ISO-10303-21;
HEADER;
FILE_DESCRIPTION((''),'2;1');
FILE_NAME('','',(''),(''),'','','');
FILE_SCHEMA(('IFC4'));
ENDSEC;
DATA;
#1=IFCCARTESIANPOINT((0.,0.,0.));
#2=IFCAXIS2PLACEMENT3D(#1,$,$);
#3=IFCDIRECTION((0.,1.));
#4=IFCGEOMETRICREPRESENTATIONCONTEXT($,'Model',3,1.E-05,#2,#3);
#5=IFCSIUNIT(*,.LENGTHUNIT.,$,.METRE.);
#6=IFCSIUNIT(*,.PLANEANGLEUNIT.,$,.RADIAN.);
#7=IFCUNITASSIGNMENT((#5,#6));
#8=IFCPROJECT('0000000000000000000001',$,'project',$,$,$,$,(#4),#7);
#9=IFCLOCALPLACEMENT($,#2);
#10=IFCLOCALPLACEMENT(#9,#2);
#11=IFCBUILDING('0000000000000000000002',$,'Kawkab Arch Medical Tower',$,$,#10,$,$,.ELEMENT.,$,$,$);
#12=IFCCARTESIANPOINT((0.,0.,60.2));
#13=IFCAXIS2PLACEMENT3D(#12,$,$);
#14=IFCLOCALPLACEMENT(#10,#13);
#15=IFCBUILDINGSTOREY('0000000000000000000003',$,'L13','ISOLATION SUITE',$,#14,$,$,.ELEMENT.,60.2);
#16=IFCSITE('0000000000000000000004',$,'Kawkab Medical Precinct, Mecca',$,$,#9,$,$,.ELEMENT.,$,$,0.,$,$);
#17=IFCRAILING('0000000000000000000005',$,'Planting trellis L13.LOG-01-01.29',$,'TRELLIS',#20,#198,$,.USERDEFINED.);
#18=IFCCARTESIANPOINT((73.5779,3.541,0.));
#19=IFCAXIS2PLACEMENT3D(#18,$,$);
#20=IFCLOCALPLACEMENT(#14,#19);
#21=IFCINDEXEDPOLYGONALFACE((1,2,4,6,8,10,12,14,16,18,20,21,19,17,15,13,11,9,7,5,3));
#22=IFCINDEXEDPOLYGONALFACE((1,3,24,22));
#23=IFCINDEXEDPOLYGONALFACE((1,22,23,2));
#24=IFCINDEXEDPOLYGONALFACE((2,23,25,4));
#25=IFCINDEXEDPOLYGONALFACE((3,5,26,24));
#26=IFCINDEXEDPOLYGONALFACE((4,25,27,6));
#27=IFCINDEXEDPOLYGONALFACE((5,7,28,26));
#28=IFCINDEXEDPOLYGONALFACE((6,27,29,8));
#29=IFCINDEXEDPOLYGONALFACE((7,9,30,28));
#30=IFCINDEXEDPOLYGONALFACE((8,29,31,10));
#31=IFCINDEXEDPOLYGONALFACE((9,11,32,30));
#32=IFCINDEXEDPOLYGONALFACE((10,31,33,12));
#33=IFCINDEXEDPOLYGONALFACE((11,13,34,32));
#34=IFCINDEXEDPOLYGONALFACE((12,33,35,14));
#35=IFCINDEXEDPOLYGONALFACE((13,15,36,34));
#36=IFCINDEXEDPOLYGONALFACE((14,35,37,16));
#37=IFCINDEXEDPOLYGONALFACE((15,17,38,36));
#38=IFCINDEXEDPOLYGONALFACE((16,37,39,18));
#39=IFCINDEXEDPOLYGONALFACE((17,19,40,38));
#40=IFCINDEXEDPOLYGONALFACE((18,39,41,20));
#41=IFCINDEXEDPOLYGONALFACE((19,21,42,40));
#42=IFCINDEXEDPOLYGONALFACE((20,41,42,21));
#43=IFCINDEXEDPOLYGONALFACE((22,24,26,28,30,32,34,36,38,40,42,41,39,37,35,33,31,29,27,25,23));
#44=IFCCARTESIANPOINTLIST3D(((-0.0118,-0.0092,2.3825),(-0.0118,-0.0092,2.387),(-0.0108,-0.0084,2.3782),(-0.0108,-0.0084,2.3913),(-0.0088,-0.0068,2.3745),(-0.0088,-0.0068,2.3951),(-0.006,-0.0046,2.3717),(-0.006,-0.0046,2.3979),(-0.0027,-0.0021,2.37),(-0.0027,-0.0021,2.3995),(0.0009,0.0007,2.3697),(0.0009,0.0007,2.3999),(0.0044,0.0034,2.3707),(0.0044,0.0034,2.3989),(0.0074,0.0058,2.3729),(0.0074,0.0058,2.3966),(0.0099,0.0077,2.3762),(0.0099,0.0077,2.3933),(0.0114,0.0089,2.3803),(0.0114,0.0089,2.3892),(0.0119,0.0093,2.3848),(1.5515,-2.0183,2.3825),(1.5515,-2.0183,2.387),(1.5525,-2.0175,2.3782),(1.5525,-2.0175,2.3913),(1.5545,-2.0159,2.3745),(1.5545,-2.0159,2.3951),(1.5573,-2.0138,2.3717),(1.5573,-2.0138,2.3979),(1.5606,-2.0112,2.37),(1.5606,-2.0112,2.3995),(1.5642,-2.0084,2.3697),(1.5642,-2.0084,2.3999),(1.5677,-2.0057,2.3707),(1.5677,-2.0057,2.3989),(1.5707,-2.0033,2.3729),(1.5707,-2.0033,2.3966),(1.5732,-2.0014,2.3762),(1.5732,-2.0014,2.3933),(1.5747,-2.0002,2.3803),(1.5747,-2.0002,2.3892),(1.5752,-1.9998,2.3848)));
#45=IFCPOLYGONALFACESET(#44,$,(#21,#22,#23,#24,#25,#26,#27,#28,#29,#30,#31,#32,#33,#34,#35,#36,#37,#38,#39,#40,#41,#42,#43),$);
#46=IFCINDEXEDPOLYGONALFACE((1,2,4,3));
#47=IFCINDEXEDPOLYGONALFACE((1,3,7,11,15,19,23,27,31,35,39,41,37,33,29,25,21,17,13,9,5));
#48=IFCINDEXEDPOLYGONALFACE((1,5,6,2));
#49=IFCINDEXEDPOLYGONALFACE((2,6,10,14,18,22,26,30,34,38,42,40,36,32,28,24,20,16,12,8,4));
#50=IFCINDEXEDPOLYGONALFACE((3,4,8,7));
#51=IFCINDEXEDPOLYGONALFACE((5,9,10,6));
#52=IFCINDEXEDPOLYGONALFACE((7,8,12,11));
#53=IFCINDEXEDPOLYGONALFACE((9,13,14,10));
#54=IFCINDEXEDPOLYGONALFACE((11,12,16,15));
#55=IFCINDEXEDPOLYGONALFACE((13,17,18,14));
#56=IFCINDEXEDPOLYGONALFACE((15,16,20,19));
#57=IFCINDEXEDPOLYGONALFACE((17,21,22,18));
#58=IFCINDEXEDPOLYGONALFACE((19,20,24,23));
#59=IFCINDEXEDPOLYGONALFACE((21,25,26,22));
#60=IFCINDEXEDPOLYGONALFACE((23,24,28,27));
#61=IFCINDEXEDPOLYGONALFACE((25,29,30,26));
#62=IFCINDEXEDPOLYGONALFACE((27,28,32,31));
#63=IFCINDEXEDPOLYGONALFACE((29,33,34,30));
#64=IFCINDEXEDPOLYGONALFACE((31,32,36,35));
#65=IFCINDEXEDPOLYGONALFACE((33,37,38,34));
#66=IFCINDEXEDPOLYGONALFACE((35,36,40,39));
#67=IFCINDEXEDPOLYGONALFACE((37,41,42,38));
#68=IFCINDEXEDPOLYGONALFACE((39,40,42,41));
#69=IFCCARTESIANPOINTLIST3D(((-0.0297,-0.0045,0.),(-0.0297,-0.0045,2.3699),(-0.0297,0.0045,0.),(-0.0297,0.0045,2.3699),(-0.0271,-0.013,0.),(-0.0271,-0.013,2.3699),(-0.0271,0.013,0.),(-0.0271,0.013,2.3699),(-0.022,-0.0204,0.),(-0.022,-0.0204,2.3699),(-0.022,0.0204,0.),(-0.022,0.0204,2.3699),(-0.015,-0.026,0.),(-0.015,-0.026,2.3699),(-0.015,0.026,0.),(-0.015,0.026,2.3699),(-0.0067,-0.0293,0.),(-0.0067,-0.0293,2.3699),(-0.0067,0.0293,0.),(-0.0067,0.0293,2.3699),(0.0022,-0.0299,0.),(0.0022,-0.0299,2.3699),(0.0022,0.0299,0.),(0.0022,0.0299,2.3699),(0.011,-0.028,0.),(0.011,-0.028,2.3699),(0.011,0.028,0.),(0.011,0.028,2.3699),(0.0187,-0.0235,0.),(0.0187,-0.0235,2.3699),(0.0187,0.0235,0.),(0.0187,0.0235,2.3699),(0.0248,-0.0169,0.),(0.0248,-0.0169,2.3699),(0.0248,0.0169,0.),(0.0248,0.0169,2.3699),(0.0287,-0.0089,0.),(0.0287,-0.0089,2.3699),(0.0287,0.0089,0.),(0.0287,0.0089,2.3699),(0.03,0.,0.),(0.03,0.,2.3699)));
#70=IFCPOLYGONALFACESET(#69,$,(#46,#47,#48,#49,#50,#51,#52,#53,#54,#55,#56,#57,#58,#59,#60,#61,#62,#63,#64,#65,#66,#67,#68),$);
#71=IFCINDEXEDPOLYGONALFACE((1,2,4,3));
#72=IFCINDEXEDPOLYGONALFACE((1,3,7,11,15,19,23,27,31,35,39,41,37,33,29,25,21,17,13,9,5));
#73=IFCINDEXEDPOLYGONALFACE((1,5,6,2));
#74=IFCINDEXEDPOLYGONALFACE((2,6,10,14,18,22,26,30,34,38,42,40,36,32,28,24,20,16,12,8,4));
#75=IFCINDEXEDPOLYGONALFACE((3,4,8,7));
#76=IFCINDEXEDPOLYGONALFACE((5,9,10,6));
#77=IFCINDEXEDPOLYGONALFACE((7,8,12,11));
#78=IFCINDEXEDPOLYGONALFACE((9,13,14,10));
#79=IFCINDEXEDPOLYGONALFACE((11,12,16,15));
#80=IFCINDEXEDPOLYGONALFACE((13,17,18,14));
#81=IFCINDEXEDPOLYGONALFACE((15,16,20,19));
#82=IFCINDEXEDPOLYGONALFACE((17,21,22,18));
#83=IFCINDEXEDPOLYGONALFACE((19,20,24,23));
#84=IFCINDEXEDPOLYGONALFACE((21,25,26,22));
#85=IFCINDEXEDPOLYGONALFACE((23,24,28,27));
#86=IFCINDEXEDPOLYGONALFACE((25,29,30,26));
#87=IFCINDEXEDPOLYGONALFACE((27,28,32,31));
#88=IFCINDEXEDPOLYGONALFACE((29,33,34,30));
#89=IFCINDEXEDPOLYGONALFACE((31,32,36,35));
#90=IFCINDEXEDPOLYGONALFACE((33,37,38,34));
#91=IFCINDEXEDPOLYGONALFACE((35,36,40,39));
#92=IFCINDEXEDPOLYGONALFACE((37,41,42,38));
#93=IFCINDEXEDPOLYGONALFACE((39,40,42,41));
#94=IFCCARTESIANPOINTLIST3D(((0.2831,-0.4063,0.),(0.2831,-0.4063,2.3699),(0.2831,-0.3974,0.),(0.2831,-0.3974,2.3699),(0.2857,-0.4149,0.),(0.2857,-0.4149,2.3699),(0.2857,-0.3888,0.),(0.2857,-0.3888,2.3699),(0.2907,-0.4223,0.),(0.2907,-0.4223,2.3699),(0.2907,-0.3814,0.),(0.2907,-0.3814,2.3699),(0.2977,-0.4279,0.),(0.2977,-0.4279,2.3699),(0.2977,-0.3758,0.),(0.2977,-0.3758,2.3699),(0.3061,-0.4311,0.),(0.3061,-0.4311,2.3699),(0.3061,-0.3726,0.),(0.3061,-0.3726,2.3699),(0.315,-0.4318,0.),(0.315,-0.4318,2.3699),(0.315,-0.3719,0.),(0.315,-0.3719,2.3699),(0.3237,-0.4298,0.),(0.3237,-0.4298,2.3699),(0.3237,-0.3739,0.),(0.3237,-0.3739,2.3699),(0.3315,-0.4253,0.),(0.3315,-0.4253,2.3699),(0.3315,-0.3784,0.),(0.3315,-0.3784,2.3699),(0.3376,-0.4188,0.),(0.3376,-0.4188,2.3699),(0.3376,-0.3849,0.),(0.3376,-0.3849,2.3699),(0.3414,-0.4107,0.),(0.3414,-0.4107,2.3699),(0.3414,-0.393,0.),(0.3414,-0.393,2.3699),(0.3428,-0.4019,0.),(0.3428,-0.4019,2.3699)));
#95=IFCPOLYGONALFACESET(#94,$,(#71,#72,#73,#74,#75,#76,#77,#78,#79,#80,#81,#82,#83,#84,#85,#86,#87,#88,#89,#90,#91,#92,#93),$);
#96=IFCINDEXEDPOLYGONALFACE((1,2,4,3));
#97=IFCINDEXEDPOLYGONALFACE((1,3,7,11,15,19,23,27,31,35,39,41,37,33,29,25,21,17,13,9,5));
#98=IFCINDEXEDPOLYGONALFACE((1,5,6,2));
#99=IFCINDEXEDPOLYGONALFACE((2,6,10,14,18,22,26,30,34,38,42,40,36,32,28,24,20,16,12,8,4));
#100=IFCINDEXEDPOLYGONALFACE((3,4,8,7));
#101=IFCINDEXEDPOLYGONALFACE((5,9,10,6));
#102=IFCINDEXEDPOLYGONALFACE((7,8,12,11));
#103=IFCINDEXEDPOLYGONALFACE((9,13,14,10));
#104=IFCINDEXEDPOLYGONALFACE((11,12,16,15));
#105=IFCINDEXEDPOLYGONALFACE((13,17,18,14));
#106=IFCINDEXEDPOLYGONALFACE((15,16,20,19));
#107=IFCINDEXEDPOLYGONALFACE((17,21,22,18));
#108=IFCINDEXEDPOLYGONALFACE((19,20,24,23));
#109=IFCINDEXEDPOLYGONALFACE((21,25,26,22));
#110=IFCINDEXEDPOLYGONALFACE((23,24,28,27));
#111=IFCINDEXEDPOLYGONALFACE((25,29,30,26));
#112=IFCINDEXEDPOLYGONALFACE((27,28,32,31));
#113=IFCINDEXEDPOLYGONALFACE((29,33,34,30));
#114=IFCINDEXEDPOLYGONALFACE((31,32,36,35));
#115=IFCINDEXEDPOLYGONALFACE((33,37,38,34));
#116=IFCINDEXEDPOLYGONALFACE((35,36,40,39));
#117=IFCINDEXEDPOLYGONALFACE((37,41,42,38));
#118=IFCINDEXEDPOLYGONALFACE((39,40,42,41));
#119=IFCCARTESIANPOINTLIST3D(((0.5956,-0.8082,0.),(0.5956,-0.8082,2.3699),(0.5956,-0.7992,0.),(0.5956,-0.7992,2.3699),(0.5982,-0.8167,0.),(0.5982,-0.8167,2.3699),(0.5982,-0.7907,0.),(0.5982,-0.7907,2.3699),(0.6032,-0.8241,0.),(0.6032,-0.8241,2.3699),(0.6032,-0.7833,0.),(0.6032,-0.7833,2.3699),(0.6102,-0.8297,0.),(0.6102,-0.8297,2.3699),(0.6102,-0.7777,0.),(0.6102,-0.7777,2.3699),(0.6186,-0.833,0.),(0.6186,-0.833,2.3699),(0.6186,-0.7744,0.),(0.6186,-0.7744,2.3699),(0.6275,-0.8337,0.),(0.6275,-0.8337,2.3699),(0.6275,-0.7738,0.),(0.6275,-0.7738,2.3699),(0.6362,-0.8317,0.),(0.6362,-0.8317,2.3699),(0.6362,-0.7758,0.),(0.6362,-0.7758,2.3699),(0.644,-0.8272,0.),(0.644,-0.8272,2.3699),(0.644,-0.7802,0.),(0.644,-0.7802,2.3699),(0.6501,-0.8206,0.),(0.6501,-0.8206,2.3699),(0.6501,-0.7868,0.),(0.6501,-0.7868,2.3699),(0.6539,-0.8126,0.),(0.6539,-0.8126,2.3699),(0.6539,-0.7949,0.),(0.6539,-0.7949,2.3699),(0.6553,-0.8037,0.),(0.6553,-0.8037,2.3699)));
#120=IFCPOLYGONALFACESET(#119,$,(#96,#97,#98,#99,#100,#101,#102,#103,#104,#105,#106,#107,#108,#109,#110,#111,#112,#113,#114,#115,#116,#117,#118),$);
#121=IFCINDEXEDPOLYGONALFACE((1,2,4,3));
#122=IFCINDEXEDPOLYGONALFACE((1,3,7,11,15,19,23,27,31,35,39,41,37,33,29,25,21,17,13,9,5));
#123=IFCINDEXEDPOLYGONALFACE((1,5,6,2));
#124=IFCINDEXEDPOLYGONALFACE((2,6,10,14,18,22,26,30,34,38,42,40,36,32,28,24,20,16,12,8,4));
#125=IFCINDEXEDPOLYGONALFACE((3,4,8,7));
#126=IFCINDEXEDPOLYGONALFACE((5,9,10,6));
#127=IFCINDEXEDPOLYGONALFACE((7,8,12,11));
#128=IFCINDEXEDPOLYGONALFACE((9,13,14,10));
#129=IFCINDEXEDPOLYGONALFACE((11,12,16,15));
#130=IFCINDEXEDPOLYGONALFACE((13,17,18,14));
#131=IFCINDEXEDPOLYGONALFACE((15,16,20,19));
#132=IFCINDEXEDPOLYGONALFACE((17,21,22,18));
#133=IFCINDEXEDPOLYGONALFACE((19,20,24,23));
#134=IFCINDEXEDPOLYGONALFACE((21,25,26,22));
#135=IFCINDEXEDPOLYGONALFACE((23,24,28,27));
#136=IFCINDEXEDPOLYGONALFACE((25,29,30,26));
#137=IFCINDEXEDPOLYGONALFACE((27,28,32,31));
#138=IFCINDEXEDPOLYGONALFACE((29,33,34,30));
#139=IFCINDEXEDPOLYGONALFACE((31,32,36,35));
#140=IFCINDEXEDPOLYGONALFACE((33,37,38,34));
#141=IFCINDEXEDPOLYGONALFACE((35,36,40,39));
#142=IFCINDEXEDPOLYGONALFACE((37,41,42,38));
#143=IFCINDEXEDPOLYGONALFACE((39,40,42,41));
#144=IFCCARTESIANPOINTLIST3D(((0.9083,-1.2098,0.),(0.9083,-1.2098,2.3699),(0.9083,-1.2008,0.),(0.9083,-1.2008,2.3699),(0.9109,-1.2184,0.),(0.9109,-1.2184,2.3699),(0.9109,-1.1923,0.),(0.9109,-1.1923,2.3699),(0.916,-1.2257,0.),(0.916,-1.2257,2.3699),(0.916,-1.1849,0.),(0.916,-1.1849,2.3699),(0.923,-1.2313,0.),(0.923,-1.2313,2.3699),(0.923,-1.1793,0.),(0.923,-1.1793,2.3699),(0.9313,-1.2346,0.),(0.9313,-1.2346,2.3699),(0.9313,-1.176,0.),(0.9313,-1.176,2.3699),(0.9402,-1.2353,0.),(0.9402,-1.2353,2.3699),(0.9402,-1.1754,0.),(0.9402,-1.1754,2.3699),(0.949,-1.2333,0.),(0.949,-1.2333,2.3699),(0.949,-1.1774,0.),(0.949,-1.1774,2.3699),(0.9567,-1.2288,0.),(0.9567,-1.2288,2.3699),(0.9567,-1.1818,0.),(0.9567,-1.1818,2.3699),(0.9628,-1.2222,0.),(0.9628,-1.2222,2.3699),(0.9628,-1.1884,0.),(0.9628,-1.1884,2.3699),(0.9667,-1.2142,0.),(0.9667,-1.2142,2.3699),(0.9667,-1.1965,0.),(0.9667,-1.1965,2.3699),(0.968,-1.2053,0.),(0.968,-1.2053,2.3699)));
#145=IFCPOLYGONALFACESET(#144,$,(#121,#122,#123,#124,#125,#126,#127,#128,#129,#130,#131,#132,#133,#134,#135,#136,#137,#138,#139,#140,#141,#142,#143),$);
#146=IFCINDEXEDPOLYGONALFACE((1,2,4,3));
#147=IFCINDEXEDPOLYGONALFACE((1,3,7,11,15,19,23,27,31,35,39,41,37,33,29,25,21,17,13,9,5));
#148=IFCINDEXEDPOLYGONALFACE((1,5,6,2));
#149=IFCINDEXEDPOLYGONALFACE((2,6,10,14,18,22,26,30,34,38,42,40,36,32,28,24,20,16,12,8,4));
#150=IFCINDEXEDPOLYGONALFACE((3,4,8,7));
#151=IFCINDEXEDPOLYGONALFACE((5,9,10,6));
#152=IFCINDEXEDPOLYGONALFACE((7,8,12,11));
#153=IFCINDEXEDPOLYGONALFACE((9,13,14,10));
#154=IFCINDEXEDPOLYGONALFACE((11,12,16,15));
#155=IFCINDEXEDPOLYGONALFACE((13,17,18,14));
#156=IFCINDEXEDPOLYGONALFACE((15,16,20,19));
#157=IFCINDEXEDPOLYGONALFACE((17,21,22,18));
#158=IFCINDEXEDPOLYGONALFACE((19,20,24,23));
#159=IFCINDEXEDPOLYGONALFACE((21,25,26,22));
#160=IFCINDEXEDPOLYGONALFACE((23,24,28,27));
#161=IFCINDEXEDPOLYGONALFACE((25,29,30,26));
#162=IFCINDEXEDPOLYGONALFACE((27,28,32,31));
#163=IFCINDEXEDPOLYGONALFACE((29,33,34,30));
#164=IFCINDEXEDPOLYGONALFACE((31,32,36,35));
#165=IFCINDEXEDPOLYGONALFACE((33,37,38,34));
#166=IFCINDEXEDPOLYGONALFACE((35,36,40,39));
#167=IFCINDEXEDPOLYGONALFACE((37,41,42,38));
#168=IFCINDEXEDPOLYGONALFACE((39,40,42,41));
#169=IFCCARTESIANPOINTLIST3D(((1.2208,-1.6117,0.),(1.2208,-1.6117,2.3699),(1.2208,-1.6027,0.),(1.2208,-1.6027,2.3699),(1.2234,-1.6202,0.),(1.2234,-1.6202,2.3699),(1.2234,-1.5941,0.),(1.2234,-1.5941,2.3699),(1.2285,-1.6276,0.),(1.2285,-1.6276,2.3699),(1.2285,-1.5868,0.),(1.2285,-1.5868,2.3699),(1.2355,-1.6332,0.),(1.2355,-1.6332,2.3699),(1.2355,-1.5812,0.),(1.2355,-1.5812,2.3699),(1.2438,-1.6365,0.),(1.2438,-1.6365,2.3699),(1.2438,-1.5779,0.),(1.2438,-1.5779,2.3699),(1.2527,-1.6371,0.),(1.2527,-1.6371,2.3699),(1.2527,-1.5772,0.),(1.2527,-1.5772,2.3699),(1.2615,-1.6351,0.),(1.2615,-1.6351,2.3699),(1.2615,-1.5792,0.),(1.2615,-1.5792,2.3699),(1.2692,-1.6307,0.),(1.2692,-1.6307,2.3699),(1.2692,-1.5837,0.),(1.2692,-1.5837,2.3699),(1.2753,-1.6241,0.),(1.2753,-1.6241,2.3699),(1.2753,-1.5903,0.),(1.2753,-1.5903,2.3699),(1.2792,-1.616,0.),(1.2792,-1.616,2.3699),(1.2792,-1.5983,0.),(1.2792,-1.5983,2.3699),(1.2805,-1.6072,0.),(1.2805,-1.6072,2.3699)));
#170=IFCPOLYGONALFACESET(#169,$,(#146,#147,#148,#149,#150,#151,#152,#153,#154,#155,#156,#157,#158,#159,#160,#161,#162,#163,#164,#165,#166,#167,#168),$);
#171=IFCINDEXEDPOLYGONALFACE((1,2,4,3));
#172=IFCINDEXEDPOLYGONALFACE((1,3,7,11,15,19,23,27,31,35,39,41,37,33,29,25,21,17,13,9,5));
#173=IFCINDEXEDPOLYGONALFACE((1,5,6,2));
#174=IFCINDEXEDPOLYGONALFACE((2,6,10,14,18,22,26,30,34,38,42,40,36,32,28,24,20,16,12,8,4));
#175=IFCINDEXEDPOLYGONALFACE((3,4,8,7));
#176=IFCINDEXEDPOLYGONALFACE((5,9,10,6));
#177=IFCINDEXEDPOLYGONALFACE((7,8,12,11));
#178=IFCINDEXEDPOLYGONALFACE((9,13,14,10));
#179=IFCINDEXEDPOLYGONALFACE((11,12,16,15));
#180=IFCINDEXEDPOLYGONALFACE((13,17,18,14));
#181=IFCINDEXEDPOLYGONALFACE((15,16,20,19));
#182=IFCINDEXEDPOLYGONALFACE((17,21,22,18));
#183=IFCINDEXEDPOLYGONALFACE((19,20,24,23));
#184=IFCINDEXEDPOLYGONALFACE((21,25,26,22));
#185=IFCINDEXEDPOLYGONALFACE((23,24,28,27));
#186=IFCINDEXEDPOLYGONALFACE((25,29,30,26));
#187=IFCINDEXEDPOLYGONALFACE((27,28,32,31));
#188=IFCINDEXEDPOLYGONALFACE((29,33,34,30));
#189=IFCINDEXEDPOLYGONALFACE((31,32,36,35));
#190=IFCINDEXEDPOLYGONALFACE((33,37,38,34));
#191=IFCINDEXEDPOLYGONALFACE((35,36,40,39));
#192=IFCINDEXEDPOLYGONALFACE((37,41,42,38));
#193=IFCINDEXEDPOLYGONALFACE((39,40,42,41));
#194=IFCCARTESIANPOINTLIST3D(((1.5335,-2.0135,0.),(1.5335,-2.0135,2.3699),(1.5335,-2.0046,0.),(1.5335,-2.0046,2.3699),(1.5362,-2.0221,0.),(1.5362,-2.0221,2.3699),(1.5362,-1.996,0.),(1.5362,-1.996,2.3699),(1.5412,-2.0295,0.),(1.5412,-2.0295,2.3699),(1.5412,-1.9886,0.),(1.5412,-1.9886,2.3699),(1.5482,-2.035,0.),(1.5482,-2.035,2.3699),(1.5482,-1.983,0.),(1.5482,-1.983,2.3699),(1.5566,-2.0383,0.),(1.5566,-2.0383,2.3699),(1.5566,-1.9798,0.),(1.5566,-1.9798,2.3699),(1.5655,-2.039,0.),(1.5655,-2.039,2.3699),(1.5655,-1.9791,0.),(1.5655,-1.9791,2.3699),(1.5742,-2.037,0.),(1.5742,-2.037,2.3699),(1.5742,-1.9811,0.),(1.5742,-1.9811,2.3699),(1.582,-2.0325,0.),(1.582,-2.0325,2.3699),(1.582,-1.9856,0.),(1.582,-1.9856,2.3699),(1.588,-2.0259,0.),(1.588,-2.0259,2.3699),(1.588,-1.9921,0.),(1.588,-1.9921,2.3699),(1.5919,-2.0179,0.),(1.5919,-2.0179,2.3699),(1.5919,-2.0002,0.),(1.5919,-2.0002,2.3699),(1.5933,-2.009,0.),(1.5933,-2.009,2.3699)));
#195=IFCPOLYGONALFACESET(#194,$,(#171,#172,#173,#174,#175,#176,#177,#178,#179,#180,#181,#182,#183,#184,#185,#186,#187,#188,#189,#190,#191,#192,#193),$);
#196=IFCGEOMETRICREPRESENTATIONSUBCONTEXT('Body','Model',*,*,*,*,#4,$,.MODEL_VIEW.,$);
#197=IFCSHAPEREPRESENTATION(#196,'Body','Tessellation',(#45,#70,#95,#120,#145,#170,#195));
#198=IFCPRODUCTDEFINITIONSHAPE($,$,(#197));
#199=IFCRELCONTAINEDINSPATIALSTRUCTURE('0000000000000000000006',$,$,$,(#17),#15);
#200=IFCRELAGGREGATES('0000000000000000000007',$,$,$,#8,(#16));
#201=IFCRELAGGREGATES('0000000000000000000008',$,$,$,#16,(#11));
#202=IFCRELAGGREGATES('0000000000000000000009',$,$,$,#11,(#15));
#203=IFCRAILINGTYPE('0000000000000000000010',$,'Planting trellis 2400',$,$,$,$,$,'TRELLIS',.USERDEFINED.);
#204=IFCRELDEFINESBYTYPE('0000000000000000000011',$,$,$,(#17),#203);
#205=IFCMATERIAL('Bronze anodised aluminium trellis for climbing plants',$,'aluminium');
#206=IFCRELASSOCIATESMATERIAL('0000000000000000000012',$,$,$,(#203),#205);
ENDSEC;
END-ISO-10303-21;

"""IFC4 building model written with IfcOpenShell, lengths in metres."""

from ifc_helpers import new_model, si_unit, direction, frame, origin, origin_2d, place, context, subcontext, project, spatial, circle, extrude, material, type_object, element, save


model = new_model("IFC4")

# Units and contexts
model_context = context("Model", 3, precision=1e-05, world=origin(), true_north=direction((0.0, 1.0)))
body_context = subcontext(model_context, "Body", "Model", "MODEL_VIEW")
ifc_project = project(units=[si_unit("LENGTHUNIT", "METRE"), si_unit("PLANEANGLEUNIT", "RADIAN")], contexts=[model_context])

# Site, building, storey
site_placement = place(None, origin())
site = spatial("IfcSite", under=ifc_project, at=site_placement, Name="Kawkab Medical Precinct, Mecca", CompositionType="ELEMENT", RefElevation=0.0)
building_placement = place(site_placement, origin())
building = spatial("IfcBuilding", under=site, at=building_placement, Name="Kawkab Arch Medical Tower", CompositionType="ELEMENT")
storey_placement = place(building_placement, frame((0.0, 0.0, 60.2)))
storey = spatial("IfcBuildingStorey", under=building, at=storey_placement, Name="L13", Description="ISOLATION SUITE", CompositionType="ELEMENT", Elevation=60.2)

# Railing
ifc_material_1 = material(Name="Bronze anodised aluminium trellis for climbing plants", Category="aluminium")
railing_type = type_object("IfcRailingType", Name="Planting trellis 2400", ElementType="TRELLIS", PredefinedType="USERDEFINED", material=ifc_material_1)
railing_1_placement = place(storey_placement, frame((73.5779, 3.541, 0.0)))
element("IfcRailing", 1, at=railing_1_placement, inside=storey, type_object=railing_type, Name="Planting trellis L13.LOG-01-01.29", ObjectType="TRELLIS", PredefinedType="USERDEFINED", context=body_context, shape_type="SweptSolid", body=[
    extrude(circle(Radius=0.0151, at=origin_2d()), frame((0.0, 0.0, 2.3848), z_axis=(0.6141, -0.789228, 0.0), x_axis=(0.789228, 0.6141, 0.0)), (0.0, 0.0, 1.0), 2.5457),
    extrude(circle(Radius=0.03, at=origin_2d()), origin(), (0.0, 0.0, 1.0), 2.3699),
    extrude(circle(Radius=0.03, at=origin_2d()), frame((0.3127, -0.4019, 0.0)), (0.0, 0.0, 1.0), 2.3699),
    extrude(circle(Radius=0.03, at=origin_2d()), frame((0.6252, -0.8037, 0.0)), (0.0, 0.0, 1.0), 2.3699),
    extrude(circle(Radius=0.03, at=origin_2d()), frame((0.938, -1.2053, 0.0)), (0.0, 0.0, 1.0), 2.3699),
    extrude(circle(Radius=0.03, at=origin_2d()), frame((1.2505, -1.6072, 0.0)), (0.0, 0.0, 1.0), 2.3699),
    extrude(circle(Radius=0.03, at=origin_2d()), frame((1.5632, -2.009, 0.0)), (0.0, 0.0, 1.0), 2.3699),
])

save(model, "model.ifc")
